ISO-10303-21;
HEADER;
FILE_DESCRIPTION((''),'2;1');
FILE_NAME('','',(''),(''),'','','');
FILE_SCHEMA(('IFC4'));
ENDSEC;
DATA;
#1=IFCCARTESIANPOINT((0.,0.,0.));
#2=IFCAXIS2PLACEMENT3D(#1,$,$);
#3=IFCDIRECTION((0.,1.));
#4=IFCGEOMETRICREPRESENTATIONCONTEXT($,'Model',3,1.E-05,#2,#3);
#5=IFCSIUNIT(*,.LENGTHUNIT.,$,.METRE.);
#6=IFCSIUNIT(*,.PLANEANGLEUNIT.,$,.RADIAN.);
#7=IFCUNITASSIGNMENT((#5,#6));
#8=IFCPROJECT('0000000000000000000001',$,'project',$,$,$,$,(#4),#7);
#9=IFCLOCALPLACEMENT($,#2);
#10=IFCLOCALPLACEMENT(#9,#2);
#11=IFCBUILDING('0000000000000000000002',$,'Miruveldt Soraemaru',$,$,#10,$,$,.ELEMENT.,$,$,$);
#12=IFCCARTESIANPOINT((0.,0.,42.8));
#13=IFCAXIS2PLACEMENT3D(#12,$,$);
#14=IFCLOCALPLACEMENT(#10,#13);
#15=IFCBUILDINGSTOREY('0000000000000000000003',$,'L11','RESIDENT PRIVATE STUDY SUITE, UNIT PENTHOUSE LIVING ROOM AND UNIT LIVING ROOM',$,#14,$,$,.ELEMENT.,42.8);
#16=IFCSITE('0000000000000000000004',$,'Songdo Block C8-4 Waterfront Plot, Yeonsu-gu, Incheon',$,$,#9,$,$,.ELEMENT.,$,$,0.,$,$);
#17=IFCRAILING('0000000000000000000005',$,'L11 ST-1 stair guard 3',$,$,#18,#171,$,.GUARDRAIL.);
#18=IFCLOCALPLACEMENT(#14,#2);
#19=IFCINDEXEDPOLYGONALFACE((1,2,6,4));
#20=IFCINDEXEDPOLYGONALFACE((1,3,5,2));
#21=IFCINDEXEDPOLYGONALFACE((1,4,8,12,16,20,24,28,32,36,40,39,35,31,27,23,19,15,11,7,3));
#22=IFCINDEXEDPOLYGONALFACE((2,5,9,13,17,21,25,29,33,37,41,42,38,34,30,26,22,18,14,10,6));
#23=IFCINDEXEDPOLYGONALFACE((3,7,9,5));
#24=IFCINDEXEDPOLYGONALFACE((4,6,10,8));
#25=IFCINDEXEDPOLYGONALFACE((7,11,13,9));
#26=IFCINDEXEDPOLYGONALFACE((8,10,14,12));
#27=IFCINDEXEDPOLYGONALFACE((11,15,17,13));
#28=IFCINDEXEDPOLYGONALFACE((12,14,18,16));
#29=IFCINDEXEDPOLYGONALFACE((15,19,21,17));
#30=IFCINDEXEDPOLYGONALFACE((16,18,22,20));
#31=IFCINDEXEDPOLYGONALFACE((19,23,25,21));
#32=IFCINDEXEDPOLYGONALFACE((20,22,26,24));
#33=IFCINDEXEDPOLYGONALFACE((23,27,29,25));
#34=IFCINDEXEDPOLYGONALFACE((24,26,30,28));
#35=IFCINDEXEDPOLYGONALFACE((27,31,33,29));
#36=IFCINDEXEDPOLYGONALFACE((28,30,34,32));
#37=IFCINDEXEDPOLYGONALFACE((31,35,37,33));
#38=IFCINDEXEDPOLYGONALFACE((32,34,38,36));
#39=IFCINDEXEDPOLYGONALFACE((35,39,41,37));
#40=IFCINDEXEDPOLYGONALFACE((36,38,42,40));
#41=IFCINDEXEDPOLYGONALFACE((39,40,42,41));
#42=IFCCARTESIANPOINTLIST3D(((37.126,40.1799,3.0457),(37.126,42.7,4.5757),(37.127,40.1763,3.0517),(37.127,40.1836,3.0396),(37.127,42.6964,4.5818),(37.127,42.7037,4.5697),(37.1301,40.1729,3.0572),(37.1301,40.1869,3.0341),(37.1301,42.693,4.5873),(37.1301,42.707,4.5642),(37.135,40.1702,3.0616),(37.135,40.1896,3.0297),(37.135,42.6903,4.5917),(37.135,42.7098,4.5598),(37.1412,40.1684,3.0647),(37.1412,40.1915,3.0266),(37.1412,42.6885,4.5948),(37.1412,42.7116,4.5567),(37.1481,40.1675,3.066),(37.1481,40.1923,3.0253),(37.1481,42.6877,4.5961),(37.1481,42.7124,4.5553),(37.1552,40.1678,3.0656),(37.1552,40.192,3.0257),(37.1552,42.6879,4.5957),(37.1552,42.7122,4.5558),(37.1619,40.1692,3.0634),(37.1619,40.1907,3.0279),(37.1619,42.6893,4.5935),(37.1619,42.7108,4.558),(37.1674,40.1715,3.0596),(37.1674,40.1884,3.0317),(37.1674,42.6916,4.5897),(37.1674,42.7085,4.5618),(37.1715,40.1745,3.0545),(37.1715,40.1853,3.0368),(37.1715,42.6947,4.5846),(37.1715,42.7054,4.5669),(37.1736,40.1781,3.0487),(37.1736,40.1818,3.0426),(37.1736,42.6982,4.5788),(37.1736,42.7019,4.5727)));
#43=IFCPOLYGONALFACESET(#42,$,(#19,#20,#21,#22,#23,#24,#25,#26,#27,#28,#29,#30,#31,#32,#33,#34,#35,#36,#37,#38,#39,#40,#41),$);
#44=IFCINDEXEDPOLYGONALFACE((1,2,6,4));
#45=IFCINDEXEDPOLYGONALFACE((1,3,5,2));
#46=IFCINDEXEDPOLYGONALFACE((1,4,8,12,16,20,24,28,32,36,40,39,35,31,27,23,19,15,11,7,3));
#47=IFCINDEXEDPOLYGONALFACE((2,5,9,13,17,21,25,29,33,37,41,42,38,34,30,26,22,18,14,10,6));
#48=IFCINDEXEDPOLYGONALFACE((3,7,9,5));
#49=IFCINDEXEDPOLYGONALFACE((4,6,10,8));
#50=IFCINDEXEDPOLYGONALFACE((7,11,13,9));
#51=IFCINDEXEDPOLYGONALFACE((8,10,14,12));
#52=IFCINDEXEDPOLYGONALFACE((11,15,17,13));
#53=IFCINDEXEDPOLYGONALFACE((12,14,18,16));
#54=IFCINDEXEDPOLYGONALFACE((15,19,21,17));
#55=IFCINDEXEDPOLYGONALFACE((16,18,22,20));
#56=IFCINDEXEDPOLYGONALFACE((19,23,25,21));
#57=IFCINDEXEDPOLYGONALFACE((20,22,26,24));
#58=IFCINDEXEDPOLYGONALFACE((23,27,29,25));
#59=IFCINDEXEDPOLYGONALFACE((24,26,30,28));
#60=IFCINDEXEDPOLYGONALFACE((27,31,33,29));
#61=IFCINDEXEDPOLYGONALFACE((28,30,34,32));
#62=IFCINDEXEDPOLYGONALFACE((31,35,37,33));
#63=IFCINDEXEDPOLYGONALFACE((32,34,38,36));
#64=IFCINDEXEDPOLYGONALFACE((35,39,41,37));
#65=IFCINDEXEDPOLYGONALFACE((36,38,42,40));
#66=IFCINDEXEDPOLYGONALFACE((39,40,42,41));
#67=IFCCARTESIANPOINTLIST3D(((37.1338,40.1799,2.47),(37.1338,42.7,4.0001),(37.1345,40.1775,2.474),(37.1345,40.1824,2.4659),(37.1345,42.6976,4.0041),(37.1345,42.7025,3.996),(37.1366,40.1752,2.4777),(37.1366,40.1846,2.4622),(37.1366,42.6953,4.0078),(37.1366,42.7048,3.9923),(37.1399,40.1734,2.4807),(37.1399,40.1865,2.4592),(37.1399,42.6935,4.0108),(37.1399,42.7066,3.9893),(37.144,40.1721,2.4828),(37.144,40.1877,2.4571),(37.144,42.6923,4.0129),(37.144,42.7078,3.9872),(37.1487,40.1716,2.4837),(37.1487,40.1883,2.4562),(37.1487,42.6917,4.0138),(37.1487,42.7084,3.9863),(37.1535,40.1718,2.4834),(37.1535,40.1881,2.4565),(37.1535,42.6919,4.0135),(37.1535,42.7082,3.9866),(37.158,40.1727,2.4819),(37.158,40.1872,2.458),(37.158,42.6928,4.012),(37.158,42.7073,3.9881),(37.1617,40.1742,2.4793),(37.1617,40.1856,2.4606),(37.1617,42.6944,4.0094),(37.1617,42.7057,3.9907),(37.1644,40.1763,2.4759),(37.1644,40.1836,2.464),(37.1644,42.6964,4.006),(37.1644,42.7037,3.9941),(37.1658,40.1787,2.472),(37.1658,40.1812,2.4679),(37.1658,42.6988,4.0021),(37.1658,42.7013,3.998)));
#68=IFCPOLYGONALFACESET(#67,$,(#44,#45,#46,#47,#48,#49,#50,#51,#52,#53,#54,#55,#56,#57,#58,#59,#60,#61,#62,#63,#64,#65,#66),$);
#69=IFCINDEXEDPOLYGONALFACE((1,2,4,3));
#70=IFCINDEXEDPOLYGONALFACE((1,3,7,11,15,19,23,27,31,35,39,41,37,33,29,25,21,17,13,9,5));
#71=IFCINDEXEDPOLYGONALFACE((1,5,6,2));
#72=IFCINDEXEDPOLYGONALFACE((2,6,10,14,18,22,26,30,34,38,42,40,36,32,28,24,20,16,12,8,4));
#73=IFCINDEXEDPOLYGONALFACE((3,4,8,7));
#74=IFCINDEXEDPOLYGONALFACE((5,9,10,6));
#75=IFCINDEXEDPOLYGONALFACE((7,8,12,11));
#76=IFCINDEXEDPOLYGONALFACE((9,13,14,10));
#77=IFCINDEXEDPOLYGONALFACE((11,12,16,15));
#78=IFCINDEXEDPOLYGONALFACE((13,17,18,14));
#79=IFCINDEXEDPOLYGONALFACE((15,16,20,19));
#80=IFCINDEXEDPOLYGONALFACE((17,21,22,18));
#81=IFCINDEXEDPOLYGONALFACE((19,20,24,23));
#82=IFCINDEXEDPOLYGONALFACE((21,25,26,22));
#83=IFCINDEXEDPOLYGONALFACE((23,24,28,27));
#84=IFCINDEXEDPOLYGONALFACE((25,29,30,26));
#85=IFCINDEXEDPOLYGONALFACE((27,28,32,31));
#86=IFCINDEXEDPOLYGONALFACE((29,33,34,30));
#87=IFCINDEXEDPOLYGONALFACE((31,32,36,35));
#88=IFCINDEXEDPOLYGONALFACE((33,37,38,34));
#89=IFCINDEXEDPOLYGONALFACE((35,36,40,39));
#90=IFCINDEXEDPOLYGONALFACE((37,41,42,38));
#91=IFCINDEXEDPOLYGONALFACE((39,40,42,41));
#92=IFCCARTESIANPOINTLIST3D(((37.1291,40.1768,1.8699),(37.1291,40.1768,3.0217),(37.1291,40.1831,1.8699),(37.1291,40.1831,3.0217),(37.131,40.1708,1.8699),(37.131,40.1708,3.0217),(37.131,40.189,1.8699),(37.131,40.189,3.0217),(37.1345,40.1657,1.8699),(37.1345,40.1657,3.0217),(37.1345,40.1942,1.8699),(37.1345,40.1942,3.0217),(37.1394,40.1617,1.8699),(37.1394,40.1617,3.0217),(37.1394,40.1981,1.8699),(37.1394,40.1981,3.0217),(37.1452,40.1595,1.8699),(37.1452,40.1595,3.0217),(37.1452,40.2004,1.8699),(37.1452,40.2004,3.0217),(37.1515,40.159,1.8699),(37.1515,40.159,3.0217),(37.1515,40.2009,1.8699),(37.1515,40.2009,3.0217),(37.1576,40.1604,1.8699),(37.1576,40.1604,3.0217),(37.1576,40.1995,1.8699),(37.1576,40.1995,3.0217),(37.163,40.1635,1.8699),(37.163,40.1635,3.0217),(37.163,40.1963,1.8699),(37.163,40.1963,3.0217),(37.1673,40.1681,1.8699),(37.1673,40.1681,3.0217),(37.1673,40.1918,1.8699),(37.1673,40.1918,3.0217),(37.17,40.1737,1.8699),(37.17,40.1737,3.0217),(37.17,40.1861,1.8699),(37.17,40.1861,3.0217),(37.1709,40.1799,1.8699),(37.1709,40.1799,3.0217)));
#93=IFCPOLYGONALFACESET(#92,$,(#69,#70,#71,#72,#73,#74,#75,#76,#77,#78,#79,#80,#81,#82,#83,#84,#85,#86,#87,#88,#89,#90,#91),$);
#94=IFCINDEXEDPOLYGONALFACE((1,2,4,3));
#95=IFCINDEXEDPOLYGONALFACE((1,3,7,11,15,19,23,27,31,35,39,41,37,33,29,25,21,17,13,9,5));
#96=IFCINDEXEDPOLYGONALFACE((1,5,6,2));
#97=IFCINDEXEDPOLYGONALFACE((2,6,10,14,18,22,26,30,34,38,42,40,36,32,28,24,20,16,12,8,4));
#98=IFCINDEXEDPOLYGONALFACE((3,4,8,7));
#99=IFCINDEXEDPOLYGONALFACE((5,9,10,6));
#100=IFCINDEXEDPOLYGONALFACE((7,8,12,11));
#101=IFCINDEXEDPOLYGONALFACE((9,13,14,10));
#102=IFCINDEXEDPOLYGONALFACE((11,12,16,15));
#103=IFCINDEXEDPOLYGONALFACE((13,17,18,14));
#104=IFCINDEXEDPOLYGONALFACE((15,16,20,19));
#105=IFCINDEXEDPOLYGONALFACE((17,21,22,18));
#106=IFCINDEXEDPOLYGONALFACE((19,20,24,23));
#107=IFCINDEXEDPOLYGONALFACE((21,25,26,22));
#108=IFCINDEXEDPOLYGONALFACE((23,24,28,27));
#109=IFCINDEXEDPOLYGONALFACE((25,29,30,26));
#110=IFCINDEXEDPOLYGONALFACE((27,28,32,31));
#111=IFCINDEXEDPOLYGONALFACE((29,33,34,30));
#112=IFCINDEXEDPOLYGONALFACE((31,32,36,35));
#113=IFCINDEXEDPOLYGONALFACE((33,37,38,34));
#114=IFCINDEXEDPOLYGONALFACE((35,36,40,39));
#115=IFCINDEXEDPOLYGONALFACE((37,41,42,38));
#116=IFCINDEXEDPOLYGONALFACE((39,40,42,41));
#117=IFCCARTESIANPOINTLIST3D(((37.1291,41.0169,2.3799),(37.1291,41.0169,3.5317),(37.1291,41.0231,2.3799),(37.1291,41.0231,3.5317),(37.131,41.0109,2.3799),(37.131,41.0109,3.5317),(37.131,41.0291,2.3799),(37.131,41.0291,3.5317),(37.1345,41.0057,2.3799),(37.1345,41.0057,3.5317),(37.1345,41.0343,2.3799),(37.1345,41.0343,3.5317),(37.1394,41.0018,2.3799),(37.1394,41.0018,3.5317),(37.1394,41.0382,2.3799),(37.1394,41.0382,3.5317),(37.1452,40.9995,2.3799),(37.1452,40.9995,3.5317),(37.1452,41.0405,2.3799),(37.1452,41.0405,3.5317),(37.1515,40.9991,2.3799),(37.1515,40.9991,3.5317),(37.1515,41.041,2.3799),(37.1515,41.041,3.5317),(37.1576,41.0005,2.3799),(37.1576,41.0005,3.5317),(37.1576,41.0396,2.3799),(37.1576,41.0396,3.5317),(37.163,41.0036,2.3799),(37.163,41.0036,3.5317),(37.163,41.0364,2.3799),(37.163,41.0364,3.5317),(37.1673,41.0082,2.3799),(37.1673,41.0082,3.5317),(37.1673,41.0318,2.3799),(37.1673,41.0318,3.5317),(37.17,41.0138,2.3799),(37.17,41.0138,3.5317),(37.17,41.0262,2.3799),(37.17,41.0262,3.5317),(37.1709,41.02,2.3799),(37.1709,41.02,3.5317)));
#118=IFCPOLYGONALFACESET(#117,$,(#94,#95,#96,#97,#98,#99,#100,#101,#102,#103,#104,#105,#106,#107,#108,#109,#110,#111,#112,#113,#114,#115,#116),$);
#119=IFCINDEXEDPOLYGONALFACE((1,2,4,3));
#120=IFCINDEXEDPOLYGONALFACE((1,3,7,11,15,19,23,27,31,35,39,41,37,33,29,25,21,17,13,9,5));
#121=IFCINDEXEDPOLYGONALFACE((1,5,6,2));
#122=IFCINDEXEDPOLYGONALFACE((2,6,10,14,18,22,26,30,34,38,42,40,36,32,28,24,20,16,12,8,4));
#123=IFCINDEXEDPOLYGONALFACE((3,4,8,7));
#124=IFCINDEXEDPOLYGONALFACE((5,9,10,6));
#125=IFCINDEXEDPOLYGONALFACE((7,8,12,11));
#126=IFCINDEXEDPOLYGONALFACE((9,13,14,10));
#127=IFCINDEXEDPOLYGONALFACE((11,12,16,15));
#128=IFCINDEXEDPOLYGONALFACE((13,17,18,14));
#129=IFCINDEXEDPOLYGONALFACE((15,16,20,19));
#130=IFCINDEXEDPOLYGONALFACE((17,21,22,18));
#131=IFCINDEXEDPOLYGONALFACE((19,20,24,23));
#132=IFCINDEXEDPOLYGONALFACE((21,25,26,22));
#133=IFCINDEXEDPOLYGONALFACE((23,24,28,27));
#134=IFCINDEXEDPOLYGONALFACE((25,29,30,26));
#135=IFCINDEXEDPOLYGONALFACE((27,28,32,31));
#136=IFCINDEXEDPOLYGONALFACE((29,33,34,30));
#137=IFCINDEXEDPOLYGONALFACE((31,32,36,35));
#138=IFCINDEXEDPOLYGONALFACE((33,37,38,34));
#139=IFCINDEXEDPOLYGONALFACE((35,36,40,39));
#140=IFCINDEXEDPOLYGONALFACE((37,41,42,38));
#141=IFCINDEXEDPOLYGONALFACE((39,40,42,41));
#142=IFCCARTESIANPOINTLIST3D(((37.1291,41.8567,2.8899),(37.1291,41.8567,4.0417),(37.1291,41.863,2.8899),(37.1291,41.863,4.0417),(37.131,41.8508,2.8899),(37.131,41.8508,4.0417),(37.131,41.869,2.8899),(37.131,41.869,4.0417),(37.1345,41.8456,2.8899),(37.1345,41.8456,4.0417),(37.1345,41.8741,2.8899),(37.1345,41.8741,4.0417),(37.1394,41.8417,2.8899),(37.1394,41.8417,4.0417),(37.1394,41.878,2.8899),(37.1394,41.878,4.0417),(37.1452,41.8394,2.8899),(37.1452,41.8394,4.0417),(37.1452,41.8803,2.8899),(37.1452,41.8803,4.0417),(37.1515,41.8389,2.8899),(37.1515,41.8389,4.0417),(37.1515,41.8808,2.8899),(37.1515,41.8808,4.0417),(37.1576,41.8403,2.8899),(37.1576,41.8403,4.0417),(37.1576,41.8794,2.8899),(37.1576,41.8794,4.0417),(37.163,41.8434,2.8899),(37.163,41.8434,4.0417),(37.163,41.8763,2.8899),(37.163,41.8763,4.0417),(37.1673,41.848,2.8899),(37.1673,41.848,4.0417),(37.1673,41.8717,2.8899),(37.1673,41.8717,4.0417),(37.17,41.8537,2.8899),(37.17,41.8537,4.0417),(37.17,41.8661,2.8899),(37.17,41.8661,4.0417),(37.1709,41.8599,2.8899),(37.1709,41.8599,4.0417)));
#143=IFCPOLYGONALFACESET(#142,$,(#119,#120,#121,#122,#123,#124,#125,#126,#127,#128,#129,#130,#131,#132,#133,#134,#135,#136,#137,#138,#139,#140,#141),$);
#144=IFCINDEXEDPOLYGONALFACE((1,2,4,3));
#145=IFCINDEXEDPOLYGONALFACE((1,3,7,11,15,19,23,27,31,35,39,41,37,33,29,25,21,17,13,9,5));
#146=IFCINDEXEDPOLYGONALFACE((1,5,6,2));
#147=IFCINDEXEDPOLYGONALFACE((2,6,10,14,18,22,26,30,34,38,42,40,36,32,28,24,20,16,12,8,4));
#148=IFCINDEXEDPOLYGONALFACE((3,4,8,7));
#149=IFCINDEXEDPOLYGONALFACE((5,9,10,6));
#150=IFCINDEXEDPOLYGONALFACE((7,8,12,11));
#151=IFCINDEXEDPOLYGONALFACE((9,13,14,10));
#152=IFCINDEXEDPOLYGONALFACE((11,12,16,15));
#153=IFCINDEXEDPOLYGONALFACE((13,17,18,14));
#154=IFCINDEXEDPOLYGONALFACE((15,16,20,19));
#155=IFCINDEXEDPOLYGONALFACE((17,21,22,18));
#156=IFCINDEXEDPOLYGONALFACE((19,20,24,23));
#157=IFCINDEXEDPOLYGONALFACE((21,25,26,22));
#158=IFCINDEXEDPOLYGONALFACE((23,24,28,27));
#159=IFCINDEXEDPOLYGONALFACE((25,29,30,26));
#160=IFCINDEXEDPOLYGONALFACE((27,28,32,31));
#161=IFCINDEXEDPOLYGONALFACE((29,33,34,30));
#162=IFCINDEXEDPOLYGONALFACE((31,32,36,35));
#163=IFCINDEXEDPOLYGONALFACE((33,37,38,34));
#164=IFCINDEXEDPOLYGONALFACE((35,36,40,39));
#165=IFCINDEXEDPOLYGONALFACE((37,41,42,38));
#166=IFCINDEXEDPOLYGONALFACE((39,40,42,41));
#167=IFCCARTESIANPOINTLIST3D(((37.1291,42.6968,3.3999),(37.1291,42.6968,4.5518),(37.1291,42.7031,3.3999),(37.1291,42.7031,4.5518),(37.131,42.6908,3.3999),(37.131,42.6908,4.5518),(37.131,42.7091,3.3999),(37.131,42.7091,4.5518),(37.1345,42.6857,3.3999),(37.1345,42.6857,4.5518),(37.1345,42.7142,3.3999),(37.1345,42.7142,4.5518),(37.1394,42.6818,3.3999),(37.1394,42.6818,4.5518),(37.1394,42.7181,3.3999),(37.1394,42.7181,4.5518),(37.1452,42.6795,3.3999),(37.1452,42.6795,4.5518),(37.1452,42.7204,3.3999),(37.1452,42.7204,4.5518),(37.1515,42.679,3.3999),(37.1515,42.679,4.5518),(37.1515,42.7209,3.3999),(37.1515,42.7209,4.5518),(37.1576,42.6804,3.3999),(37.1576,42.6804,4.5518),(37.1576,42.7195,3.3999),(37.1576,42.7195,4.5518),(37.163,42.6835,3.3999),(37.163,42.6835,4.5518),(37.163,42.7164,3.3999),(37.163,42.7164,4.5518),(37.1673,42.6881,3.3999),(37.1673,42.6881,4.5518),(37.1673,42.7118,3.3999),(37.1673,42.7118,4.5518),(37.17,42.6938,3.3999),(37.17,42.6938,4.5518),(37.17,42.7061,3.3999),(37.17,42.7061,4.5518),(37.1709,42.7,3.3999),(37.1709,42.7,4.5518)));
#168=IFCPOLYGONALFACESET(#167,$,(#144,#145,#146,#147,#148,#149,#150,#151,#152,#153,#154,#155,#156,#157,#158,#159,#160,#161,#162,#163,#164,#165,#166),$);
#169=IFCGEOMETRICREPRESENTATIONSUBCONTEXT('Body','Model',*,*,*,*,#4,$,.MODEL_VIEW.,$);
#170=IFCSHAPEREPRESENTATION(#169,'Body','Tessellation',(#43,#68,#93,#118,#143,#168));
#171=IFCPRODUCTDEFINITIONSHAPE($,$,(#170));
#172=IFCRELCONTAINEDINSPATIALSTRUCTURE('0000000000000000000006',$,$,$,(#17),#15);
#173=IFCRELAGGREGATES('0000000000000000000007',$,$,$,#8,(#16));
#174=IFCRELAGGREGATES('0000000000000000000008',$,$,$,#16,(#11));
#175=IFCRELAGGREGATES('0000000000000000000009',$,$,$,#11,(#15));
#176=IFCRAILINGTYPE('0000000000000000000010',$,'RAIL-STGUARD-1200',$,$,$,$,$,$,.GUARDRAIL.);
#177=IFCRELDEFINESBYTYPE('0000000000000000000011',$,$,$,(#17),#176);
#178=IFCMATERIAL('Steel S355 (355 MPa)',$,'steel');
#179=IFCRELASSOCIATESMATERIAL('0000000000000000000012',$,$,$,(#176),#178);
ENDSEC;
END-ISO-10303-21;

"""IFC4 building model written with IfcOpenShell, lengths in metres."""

from ifc_helpers import new_model, si_unit, direction, frame, origin, origin_2d, place, context, subcontext, project, spatial, circle, extrude, material, type_object, element, save


model = new_model("IFC4")

# Units and contexts
model_context = context("Model", 3, precision=1e-05, world=origin(), true_north=direction((0.0, 1.0)))
body_context = subcontext(model_context, "Body", "Model", "MODEL_VIEW")
ifc_project = project(units=[si_unit("LENGTHUNIT", "METRE"), si_unit("PLANEANGLEUNIT", "RADIAN")], contexts=[model_context])

# Site, building, storey
site_placement = place(None, origin())
site = spatial("IfcSite", under=ifc_project, at=site_placement, Name="Songdo Block C8-4 Waterfront Plot, Yeonsu-gu, Incheon", CompositionType="ELEMENT", RefElevation=0.0)
building_placement = place(site_placement, origin())
building = spatial("IfcBuilding", under=site, at=building_placement, Name="Miruveldt Soraemaru", CompositionType="ELEMENT")
storey_placement = place(building_placement, frame((0.0, 0.0, 42.8)))
storey = spatial("IfcBuildingStorey", under=building, at=storey_placement, Name="L11", Description="RESIDENT PRIVATE STUDY SUITE, UNIT PENTHOUSE LIVING ROOM AND UNIT LIVING ROOM", CompositionType="ELEMENT", Elevation=42.8)

# Railing
ifc_material_1 = material(Name="Steel S355 (355 MPa)", Category="steel")
railing_type = type_object("IfcRailingType", Name="RAIL-STGUARD-1200", PredefinedType="GUARDRAIL", material=ifc_material_1)
railing_1_placement = place(storey_placement, frame((37.1499, 40.1799, 1.8699)))
element("IfcRailing", 1, at=railing_1_placement, inside=storey, type_object=railing_type, Name="L11 ST-1 stair guard 3", PredefinedType="GUARDRAIL", context=body_context, shape_type="SweptSolid", body=[
    extrude(circle(Radius=0.0239, at=origin_2d()), frame((0.0, 0.0, 1.1758), z_axis=(0.0, 0.854785, 0.518982), x_axis=(-1.0, 0.0, 0.0)), (0.0, 0.0, 1.0), 2.9482),
    extrude(circle(Radius=0.0161, at=origin_2d()), frame((0.0, 0.0, 0.6001), z_axis=(0.0, 0.854785, 0.518982), x_axis=(-1.0, 0.0, 0.0)), (0.0, 0.0, 1.0), 2.9482),
    extrude(circle(Radius=0.021, at=origin_2d()), origin(), (0.0, 0.0, 1.0), 1.1519),
    extrude(circle(Radius=0.021, at=origin_2d()), frame((0.0, 0.8401, 0.51)), (0.0, 0.0, 1.0), 1.1519),
    extrude(circle(Radius=0.021, at=origin_2d()), frame((0.0, 1.6799, 1.02)), (0.0, 0.0, 1.0), 1.1519),
    extrude(circle(Radius=0.021, at=origin_2d()), frame((0.0, 2.52, 1.53)), (0.0, 0.0, 1.0), 1.1519),
])

save(model, "model.ifc")
